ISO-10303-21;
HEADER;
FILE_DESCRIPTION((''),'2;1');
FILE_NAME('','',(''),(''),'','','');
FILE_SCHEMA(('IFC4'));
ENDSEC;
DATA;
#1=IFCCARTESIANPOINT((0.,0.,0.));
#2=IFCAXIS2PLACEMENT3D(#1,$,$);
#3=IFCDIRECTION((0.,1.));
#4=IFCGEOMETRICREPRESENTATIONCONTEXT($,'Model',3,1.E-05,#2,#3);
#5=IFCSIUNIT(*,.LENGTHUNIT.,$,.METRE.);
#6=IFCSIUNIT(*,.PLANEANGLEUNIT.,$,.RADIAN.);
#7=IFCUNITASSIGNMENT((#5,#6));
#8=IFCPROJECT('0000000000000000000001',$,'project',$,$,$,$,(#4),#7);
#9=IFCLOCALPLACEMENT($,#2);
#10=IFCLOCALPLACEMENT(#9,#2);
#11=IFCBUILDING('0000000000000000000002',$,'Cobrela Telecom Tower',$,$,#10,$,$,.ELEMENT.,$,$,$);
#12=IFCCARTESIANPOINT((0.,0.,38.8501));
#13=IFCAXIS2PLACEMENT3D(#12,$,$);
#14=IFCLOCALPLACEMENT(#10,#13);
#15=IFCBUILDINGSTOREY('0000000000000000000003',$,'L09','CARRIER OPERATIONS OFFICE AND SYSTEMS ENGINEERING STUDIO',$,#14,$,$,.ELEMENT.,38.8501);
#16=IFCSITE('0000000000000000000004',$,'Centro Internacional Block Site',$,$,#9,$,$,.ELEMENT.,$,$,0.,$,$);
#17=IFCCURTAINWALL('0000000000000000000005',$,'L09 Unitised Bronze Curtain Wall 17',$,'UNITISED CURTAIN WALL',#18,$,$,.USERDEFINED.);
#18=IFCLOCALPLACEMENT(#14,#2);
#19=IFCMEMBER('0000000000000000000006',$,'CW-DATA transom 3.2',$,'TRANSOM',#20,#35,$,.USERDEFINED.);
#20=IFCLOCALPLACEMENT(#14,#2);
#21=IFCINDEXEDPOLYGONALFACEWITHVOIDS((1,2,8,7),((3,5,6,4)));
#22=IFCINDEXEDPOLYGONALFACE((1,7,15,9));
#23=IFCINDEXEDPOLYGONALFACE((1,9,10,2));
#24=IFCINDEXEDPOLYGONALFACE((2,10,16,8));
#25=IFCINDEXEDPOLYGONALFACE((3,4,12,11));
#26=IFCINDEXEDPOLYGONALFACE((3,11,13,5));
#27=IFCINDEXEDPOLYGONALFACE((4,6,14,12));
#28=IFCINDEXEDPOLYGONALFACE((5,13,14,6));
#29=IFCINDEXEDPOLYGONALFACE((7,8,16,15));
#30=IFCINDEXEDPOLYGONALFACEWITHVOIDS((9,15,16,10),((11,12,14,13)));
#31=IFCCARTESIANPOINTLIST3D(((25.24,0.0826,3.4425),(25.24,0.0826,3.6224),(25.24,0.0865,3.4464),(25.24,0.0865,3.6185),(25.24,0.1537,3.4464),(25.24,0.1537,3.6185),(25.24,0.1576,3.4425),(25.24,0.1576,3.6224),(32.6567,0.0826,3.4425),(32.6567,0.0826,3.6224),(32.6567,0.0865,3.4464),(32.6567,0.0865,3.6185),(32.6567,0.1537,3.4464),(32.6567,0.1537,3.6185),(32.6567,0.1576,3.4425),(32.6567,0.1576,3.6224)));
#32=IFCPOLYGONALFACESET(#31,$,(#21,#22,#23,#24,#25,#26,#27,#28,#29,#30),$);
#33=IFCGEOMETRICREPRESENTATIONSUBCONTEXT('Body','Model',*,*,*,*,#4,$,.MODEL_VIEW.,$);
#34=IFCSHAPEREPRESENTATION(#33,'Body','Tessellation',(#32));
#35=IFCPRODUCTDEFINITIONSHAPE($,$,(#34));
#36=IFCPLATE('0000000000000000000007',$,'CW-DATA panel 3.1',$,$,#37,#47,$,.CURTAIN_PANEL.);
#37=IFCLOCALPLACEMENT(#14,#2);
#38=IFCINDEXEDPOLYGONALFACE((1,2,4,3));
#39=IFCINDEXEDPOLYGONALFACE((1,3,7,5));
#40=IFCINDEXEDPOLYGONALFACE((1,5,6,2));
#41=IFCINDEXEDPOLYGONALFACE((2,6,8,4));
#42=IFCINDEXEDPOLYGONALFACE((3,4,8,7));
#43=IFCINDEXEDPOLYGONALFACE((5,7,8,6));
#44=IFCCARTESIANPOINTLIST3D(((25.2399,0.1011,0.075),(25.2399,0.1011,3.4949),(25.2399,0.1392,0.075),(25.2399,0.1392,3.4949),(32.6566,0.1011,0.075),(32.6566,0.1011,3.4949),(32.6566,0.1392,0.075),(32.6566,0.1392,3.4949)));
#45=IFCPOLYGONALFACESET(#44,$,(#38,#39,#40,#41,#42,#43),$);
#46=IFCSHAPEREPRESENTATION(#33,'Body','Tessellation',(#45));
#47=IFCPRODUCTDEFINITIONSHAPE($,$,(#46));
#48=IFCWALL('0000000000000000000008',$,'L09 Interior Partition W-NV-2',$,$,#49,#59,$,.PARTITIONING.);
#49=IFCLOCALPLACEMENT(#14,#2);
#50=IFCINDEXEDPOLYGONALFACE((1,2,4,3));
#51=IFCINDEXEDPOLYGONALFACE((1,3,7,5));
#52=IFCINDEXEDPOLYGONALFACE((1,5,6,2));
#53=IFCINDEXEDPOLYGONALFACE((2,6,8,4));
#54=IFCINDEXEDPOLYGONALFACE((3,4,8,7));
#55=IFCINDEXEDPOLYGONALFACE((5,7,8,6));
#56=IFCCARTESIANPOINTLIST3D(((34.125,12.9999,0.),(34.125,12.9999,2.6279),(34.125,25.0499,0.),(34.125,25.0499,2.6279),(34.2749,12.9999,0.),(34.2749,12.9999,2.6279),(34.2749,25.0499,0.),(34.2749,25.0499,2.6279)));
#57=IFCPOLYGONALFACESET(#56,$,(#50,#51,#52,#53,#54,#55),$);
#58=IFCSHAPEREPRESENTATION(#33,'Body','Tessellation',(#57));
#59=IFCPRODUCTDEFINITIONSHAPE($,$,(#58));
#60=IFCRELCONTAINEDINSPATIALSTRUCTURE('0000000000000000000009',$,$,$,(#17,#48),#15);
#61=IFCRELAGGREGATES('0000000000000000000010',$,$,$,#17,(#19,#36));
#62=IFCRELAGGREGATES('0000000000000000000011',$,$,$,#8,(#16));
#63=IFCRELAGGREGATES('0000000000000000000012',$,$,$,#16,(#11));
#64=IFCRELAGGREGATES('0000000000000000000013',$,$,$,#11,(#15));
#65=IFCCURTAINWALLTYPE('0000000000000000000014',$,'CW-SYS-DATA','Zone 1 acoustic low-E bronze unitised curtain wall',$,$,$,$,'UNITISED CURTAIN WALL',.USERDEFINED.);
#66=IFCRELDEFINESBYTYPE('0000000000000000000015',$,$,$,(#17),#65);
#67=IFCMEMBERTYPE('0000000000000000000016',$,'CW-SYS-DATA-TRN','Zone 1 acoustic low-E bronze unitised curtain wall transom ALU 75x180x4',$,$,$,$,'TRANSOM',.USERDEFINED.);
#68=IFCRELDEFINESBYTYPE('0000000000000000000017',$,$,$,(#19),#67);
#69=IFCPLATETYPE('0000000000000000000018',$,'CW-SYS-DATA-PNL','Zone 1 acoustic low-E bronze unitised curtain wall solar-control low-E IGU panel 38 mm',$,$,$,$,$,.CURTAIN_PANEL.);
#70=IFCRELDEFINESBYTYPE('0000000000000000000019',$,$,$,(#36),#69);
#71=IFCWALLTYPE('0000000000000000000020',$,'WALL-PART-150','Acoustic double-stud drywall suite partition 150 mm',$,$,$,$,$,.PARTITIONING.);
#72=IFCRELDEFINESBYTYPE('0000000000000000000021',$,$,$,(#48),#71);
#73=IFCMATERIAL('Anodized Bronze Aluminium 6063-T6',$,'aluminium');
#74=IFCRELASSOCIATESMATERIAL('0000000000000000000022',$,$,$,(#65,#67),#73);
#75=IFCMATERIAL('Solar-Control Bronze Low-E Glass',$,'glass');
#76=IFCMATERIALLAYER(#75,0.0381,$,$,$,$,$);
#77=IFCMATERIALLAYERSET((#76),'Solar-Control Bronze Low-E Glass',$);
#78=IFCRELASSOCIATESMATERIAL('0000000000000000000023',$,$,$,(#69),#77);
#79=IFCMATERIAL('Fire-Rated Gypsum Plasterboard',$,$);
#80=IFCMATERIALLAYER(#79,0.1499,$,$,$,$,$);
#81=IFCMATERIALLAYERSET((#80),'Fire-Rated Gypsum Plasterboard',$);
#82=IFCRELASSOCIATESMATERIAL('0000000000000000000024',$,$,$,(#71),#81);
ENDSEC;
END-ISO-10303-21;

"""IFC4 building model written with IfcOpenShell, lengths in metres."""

from ifc_helpers import new_model, si_unit, direction, frame, frame_2d, origin, origin_2d, place, context, subcontext, project, spatial, rectangle, hollow_rectangle, extrude, material, layer, layer_set, material_profile, profile_set, type_object, element, aggregate, save


model = new_model("IFC4")

# Units and contexts
model_context = context("Model", 3, precision=1e-05, world=origin(), true_north=direction((0.0, 1.0)))
body_context = subcontext(model_context, "Body", "Model", "MODEL_VIEW")
ifc_project = project(units=[si_unit("LENGTHUNIT", "METRE"), si_unit("PLANEANGLEUNIT", "RADIAN")], contexts=[model_context])

# Site, building, storey
site_placement = place(None, origin())
site = spatial("IfcSite", under=ifc_project, at=site_placement, Name="Centro Internacional Block Site", CompositionType="ELEMENT", RefElevation=0.0)
building_placement = place(site_placement, origin())
building = spatial("IfcBuilding", under=site, at=building_placement, Name="Cobrela Telecom Tower", CompositionType="ELEMENT")
storey_placement = place(building_placement, frame((0.0, 0.0, 38.8501)))
storey = spatial("IfcBuildingStorey", under=building, at=storey_placement, Name="L09", Description="CARRIER OPERATIONS OFFICE AND SYSTEMS ENGINEERING STUDIO", CompositionType="ELEMENT", Elevation=38.8501)

# Curtain wall, member, plate
ifc_material_1 = material(Name="Anodized Bronze Aluminium 6063-T6", Category="aluminium")
curtain_wall_type = type_object("IfcCurtainWallType", Name="CW-SYS-DATA", Description="Zone 1 acoustic low-E bronze unitised curtain wall", ElementType="UNITISED CURTAIN WALL", PredefinedType="USERDEFINED", material=ifc_material_1)
curtain_wall_placement = place(storey_placement, origin())
curtain_wall = element("IfcCurtainWall", 1, at=curtain_wall_placement, inside=storey, type_object=curtain_wall_type, Name="L09 Unitised Bronze Curtain Wall 17", ObjectType="UNITISED CURTAIN WALL", PredefinedType="USERDEFINED")
ifc_material_profile_1 = material_profile(ifc_material_1, hollow_rectangle(XDim=0.075, YDim=0.1799, WallThickness=0.0039, at=origin_2d()), Name="ALU 75x180x4")
ifc_profile_set_1 = profile_set([ifc_material_profile_1], Name="Anodized Bronze Aluminium 6063-T6")
member_type_1 = type_object("IfcMemberType", Name="CW-SYS-DATA-TRN", Description="Zone 1 acoustic low-E bronze unitised curtain wall transom ALU 75x180x4", ElementType="TRANSOM", PredefinedType="USERDEFINED", material=ifc_profile_set_1)
member_1_placement = place(storey_placement, frame((32.6567, 0.1201, 3.5325), z_axis=(-1.0, 0.0, 0.0), x_axis=(0.0, -1.0, 0.0)))
member_1 = element("IfcMember", 2, at=member_1_placement, type_object=member_type_1, Name="CW-DATA transom 3.2", ObjectType="TRANSOM", PredefinedType="USERDEFINED", context=body_context, shape_type="SweptSolid", body=[
    extrude(hollow_rectangle(XDim=0.075, YDim=0.1799, WallThickness=0.0039, at=origin_2d()), origin(), (0.0, 0.0, 1.0), 7.4167),
])
ifc_material_2 = material(Name="Solar-Control Bronze Low-E Glass", Category="glass")
ifc_layer_1 = layer(ifc_material_2, 0.0381)
ifc_layer_set_1 = layer_set([ifc_layer_1], Name="Solar-Control Bronze Low-E Glass")
plate_type = type_object("IfcPlateType", Name="CW-SYS-DATA-PNL", Description="Zone 1 acoustic low-E bronze unitised curtain wall solar-control low-E IGU panel 38 mm", PredefinedType="CURTAIN_PANEL", material=ifc_layer_set_1)
plate_placement = place(storey_placement, frame((28.9482, 0.1201, 0.075), z_axis=(0.0, 0.0, 1.0), x_axis=(-1.0, 0.0, 0.0)))
plate = element("IfcPlate", 3, at=plate_placement, type_object=plate_type, Name="CW-DATA panel 3.1", PredefinedType="CURTAIN_PANEL", context=body_context, shape_type="SweptSolid", body=[
    extrude(rectangle(XDim=7.4167, YDim=0.0381, at=origin_2d()), origin(), (0.0, 0.0, 1.0), 3.4199),
])
aggregate(curtain_wall, [member_1, plate])

# Wall
ifc_material_3 = material(Name="Fire-Rated Gypsum Plasterboard")
ifc_layer_2 = layer(ifc_material_3, 0.1499)
ifc_layer_set_2 = layer_set([ifc_layer_2], Name="Fire-Rated Gypsum Plasterboard")
wall_type = type_object("IfcWallType", Name="WALL-PART-150", Description="Acoustic double-stud drywall suite partition 150 mm", PredefinedType="PARTITIONING", material=ifc_layer_set_2)
wall_placement = place(storey_placement, frame((34.2, 13.0, 0.0), z_axis=(0.0, 0.0, 1.0), x_axis=(0.0, 1.0, 0.0)))
element("IfcWall", 4, at=wall_placement, inside=storey, type_object=wall_type, Name="L09 Interior Partition W-NV-2", PredefinedType="PARTITIONING", context=body_context, shape_type="SweptSolid", body=[
    extrude(rectangle(XDim=12.05, YDim=0.1499, at=frame_2d((6.0249, 0.0))), origin(), (0.0, 0.0, 1.0), 2.6279),
])

save(model, "model.ifc")
